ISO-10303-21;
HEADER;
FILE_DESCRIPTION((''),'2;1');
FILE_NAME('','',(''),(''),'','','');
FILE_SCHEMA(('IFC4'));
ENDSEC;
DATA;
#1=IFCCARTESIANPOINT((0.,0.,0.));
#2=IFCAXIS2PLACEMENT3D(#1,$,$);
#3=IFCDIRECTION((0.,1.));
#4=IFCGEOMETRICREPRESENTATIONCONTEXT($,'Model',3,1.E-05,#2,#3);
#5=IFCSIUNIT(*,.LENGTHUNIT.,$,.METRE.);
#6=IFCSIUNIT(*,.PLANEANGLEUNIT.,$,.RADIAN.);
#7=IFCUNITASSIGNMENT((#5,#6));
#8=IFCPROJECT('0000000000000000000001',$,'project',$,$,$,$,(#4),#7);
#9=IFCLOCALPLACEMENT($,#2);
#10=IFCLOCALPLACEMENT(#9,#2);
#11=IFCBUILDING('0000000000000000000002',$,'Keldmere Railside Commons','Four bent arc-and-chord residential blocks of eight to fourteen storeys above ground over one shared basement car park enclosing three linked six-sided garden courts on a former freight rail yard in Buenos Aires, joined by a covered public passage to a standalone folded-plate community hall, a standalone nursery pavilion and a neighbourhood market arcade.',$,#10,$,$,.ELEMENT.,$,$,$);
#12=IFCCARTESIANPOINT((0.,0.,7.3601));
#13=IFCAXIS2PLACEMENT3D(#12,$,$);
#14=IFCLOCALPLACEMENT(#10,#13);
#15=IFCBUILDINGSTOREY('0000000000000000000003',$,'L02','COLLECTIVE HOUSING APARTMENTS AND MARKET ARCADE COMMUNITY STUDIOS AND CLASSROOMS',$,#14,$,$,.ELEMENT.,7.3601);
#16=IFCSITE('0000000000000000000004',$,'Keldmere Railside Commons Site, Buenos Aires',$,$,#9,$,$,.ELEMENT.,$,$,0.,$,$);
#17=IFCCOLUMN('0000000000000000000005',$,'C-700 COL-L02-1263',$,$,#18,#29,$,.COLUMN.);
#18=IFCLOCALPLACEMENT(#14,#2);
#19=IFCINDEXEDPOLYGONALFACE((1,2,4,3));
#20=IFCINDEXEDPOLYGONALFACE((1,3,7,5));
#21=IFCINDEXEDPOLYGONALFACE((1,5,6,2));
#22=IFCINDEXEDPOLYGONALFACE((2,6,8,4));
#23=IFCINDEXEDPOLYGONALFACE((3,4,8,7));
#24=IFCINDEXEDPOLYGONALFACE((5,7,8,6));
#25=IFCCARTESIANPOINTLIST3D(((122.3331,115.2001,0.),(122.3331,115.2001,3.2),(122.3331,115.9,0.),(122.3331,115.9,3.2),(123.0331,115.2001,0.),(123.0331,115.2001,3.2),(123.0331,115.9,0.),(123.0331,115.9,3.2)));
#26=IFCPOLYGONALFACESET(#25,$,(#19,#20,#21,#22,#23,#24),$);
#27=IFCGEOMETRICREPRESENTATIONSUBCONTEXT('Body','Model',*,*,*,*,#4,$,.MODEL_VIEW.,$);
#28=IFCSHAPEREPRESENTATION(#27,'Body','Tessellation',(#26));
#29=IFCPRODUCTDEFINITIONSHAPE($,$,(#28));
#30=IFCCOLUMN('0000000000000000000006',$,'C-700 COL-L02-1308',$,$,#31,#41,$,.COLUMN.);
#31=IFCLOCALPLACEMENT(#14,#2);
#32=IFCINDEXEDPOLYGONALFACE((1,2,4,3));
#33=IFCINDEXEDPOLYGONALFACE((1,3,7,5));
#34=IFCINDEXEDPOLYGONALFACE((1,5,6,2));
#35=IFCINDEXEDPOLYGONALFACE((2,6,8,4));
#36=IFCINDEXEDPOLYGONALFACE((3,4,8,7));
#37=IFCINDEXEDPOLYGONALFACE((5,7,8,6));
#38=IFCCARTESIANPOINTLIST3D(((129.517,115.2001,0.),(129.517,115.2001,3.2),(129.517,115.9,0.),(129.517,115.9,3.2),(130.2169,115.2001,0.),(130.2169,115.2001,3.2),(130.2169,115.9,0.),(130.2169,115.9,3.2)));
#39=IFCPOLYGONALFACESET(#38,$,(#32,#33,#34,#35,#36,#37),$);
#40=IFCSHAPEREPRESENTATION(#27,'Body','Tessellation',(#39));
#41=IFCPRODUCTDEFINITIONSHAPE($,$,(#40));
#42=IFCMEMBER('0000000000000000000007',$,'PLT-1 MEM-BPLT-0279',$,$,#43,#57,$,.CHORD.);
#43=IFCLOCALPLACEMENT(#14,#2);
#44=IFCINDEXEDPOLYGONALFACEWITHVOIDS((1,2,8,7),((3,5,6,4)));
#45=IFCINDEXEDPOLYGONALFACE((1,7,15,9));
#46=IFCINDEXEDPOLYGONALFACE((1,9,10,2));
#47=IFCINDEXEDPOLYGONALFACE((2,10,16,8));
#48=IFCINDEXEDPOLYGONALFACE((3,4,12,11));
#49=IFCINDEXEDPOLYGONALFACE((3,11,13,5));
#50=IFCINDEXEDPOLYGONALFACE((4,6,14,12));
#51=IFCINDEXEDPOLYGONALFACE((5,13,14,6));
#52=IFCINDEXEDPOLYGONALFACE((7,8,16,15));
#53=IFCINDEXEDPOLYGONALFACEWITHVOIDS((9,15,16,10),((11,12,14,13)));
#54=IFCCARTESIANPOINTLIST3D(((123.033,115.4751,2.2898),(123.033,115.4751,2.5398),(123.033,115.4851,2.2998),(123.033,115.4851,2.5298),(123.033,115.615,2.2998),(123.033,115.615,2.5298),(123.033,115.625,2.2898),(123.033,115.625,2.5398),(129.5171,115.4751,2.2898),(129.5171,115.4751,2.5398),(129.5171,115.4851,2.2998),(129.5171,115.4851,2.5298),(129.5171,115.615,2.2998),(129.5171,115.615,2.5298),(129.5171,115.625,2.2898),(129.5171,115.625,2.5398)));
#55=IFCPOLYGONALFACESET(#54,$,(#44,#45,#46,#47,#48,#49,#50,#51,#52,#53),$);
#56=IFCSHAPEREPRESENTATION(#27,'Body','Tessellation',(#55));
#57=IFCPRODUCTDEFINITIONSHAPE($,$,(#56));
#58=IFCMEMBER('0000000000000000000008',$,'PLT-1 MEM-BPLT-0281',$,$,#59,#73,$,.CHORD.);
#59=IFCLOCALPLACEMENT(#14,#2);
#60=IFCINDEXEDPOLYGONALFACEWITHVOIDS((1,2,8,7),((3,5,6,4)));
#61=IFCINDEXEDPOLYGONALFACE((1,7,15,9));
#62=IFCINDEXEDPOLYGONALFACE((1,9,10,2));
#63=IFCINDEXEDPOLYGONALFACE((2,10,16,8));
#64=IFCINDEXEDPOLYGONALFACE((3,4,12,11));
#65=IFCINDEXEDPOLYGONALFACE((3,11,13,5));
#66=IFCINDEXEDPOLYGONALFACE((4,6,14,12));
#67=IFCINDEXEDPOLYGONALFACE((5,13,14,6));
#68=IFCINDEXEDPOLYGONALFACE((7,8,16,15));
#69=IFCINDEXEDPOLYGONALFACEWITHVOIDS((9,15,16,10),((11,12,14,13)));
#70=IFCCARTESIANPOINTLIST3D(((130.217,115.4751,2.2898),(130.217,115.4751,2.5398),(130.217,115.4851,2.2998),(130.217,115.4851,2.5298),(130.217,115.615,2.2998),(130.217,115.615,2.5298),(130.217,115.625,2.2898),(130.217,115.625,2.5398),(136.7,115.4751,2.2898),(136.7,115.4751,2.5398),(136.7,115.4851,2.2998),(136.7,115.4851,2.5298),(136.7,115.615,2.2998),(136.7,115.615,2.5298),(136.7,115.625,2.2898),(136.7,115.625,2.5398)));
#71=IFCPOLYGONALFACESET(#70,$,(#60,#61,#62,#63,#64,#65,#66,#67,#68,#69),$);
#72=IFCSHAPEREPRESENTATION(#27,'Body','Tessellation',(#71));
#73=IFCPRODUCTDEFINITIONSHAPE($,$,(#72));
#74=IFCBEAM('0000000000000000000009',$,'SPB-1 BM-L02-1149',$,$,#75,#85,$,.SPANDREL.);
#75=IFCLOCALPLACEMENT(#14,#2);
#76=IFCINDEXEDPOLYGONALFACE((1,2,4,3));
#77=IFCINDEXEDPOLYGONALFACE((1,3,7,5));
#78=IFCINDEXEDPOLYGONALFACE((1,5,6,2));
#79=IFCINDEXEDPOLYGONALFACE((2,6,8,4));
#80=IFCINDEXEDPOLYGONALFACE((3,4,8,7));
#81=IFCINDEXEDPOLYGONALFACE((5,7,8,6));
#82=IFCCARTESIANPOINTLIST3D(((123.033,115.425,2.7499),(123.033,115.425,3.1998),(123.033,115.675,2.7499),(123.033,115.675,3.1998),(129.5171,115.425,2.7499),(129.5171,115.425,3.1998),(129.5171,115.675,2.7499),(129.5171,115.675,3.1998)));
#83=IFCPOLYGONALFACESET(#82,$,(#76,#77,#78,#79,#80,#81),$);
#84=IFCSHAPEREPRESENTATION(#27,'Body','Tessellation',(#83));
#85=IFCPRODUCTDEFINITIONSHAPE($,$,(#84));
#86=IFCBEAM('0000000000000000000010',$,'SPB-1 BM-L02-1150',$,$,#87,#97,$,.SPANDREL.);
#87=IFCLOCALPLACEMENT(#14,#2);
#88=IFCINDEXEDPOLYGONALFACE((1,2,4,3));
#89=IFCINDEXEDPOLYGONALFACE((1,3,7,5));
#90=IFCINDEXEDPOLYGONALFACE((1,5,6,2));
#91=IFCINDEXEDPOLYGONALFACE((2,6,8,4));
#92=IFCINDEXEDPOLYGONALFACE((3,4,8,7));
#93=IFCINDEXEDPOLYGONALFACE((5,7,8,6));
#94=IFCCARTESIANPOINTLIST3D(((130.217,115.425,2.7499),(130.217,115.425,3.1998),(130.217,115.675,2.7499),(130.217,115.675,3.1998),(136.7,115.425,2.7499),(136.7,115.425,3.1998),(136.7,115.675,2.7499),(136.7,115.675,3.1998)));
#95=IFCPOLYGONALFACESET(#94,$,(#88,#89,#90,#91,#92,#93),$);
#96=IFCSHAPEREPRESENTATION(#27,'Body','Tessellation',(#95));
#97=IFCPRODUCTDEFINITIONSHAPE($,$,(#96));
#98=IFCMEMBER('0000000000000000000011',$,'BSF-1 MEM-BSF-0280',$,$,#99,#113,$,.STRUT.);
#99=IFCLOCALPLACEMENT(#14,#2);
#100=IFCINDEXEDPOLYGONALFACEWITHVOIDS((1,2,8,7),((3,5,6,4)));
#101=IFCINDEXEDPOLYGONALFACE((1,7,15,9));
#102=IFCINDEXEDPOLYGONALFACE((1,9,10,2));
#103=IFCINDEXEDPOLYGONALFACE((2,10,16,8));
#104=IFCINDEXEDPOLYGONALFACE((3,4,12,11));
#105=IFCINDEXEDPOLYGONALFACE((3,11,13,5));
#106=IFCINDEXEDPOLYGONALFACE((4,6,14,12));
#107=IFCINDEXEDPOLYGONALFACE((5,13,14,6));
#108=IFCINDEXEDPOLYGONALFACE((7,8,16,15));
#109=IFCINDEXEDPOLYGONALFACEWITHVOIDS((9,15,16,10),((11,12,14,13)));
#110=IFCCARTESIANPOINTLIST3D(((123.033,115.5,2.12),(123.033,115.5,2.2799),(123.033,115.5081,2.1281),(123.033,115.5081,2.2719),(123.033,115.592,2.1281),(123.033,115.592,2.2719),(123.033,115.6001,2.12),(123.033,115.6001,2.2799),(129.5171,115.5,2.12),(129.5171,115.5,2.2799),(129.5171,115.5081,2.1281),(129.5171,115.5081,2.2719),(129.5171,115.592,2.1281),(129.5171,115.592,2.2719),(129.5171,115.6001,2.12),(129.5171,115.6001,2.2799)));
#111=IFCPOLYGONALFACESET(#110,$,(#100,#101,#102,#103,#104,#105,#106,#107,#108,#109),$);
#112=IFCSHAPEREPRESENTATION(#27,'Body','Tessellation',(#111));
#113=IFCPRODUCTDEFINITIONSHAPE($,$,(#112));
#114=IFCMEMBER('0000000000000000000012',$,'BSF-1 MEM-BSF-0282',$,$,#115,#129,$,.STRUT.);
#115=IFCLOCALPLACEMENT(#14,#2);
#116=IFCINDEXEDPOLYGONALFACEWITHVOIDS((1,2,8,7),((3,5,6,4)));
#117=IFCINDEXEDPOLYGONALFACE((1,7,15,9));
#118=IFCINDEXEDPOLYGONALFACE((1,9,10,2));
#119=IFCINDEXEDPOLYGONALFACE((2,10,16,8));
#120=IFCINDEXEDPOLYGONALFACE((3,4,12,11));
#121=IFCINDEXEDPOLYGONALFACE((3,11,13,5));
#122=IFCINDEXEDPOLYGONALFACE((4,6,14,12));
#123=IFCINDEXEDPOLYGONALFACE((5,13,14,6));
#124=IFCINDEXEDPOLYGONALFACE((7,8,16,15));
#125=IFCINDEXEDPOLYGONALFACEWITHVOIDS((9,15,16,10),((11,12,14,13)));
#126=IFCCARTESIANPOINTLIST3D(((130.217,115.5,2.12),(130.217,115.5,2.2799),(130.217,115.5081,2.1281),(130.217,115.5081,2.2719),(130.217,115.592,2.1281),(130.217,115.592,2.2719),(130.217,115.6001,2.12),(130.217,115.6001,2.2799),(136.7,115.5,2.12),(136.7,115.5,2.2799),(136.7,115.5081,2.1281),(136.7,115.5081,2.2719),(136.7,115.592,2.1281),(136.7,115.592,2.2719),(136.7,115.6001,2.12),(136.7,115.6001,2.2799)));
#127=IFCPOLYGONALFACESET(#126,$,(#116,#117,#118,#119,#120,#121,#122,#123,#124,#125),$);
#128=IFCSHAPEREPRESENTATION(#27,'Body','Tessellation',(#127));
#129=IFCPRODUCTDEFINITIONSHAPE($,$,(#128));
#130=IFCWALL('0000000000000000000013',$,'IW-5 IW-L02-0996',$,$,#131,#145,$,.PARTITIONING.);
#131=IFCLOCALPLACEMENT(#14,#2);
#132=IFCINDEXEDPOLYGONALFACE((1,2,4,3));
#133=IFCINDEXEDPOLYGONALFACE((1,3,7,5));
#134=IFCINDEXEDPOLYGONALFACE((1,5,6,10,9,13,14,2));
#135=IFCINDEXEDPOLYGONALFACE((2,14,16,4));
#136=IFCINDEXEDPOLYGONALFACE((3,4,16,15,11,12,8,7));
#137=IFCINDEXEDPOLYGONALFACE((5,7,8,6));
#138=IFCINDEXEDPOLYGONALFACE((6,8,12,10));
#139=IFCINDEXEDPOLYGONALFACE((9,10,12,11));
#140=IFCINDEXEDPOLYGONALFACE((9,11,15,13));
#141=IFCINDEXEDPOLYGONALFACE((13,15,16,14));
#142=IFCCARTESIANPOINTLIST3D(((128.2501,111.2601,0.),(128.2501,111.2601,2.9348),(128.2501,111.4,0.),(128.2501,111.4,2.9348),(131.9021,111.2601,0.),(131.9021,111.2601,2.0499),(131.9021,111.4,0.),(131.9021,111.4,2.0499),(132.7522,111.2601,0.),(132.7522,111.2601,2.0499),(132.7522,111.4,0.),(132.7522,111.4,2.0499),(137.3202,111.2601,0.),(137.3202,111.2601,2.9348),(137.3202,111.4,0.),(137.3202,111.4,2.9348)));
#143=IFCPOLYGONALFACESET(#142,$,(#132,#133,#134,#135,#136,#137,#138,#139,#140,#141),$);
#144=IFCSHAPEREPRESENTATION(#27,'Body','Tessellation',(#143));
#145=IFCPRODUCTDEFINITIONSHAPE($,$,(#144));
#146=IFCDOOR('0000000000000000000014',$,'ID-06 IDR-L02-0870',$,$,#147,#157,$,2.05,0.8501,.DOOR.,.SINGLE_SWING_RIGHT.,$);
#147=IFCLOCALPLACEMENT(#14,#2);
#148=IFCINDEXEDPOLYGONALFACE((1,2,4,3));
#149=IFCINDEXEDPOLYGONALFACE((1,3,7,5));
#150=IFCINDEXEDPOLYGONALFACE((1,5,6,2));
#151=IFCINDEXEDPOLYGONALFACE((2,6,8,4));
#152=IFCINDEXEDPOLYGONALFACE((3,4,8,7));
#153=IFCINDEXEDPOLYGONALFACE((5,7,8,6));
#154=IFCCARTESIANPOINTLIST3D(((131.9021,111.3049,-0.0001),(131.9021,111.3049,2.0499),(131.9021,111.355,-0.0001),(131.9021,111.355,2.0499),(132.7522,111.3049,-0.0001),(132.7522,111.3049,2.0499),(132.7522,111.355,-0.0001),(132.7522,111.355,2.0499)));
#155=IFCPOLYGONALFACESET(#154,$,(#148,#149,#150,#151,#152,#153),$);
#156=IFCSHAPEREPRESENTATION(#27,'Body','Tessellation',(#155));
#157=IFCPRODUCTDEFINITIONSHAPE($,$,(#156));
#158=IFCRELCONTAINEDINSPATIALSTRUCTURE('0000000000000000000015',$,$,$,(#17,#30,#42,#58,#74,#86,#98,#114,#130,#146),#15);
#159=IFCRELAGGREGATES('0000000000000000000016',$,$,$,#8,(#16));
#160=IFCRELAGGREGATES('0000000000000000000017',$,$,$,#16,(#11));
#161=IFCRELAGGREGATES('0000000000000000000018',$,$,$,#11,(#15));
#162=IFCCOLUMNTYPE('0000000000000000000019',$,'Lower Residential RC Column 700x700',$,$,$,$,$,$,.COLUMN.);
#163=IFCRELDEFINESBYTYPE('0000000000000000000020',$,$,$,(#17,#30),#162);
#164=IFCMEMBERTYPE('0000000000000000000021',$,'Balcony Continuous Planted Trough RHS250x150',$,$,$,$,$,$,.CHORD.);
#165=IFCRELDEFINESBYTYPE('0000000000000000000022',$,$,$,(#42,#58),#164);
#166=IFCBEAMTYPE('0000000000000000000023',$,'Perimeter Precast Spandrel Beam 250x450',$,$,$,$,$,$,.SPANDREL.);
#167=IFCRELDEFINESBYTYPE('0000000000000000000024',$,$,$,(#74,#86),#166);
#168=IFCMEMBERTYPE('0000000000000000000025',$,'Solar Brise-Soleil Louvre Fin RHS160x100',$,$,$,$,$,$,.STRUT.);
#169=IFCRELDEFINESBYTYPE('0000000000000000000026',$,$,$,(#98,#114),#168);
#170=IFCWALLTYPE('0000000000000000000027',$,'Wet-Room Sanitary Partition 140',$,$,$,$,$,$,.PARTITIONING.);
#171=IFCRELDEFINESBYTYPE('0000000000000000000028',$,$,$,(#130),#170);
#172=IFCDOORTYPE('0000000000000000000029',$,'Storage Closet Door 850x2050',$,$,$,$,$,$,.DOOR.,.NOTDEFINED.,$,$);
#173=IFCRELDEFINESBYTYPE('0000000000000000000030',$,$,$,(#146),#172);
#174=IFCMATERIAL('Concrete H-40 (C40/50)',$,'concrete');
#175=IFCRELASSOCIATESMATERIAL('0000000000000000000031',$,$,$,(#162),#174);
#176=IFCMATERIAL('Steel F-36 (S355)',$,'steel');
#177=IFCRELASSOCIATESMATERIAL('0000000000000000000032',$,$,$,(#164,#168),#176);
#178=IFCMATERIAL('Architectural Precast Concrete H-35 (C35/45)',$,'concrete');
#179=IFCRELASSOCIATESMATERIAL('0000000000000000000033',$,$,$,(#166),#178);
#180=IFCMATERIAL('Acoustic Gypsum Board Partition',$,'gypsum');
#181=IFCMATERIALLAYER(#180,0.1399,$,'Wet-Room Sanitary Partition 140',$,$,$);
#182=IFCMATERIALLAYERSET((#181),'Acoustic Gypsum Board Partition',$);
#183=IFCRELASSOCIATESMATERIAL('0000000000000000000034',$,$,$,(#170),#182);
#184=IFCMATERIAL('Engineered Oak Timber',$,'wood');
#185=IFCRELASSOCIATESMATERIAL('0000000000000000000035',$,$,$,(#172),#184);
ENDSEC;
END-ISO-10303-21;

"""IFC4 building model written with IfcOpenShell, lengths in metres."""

from ifc_helpers import new_model, si_unit, direction, frame, frame_2d, origin, origin_2d, place, context, subcontext, project, spatial, rectangle, hollow_rectangle, extrude, material, layer, layer_set, material_profile, profile_set, type_object, element, fill, save


model = new_model("IFC4")

# Units and contexts
model_context = context("Model", 3, precision=1e-05, world=origin(), true_north=direction((0.0, 1.0)))
body_context = subcontext(model_context, "Body", "Model", "MODEL_VIEW")
ifc_project = project(units=[si_unit("LENGTHUNIT", "METRE"), si_unit("PLANEANGLEUNIT", "RADIAN")], contexts=[model_context])

# Site, building, storey
site_placement = place(None, origin())
site = spatial("IfcSite", under=ifc_project, at=site_placement, Name="Keldmere Railside Commons Site, Buenos Aires", CompositionType="ELEMENT", RefElevation=0.0)
building_placement = place(site_placement, origin())
building = spatial("IfcBuilding", under=site, at=building_placement, Name="Keldmere Railside Commons", Description="Four bent arc-and-chord residential blocks of eight to fourteen storeys above ground over one shared basement car park enclosing three linked six-sided garden courts on a former freight rail yard in Buenos Aires, joined by a covered public passage to a standalone folded-plate community hall, a standalone nursery pavilion and a neighbourhood market arcade.", CompositionType="ELEMENT")
storey_placement = place(building_placement, frame((0.0, 0.0, 7.3601)))
storey = spatial("IfcBuildingStorey", under=building, at=storey_placement, Name="L02", Description="COLLECTIVE HOUSING APARTMENTS AND MARKET ARCADE COMMUNITY STUDIOS AND CLASSROOMS", CompositionType="ELEMENT", Elevation=7.3601)

# Columns
ifc_material_1 = material(Name="Concrete H-40 (C40/50)", Category="concrete")
ifc_material_profile_1 = material_profile(ifc_material_1, rectangle(XDim=0.7, YDim=0.7, at=origin_2d()), Name="RC-700x700")
ifc_profile_set_1 = profile_set([ifc_material_profile_1], Name="Concrete H-40 (C40/50)")
column_type = type_object("IfcColumnType", Name="Lower Residential RC Column 700x700", PredefinedType="COLUMN", material=ifc_profile_set_1)
for number, where, z_axis, x_axis, name in (
    (1, (122.6831, 115.55, 0.0), (0.0, 0.0, 1.0), (1.0, 0.0, 0.0), "C-700 COL-L02-1263"),
    (2, (129.8669, 115.55, 0.0), (0.0, 0.0, 1.0), (1.0, 0.0, 0.0), "C-700 COL-L02-1308"),
):
    element("IfcColumn", number, at=place(storey_placement, frame(where, z_axis=z_axis, x_axis=x_axis)), inside=storey, type_object=column_type, Name=name, PredefinedType="COLUMN", context=body_context, shape_type="SweptSolid", body=[
        extrude(rectangle(XDim=0.7, YDim=0.7, at=origin_2d()), origin(), (0.0, 0.0, 1.0), 3.2),
    ])

# Members
ifc_material_2 = material(Name="Steel F-36 (S355)", Category="steel")
ifc_material_profile_2 = material_profile(ifc_material_2, hollow_rectangle(XDim=0.1499, YDim=0.25, WallThickness=0.01, at=origin_2d()), Name="RHS-250x150x10")
ifc_profile_set_2 = profile_set([ifc_material_profile_2], Name="Steel F-36 (S355)")
member_type_1 = type_object("IfcMemberType", Name="Balcony Continuous Planted Trough RHS250x150", PredefinedType="CHORD", material=ifc_profile_set_2)
member_1_placement = place(storey_placement, frame((123.033, 115.55, 2.4148), z_axis=(1.0, 0.0, 0.0), x_axis=(0.0, 1.0, 0.0)))
element("IfcMember", 3, at=member_1_placement, inside=storey, type_object=member_type_1, Name="PLT-1 MEM-BPLT-0279", PredefinedType="CHORD", context=body_context, shape_type="SweptSolid", body=[
    extrude(hollow_rectangle(XDim=0.1499, YDim=0.25, WallThickness=0.01, at=origin_2d()), origin(), (0.0, 0.0, 1.0), 6.4841),
])
member_2_placement = place(storey_placement, frame((130.217, 115.55, 2.4148), z_axis=(1.0, 0.0, 0.0), x_axis=(0.0, 1.0, 0.0)))
element("IfcMember", 4, at=member_2_placement, inside=storey, type_object=member_type_1, Name="PLT-1 MEM-BPLT-0281", PredefinedType="CHORD", context=body_context, shape_type="SweptSolid", body=[
    extrude(hollow_rectangle(XDim=0.1499, YDim=0.25, WallThickness=0.01, at=origin_2d()), origin(), (0.0, 0.0, 1.0), 6.4829),
])

# Beams
ifc_material_3 = material(Name="Architectural Precast Concrete H-35 (C35/45)", Category="concrete")
ifc_material_profile_3 = material_profile(ifc_material_3, rectangle(XDim=0.25, YDim=0.45, at=origin_2d()), Name="RC-250x450")
ifc_profile_set_3 = profile_set([ifc_material_profile_3], Name="Architectural Precast Concrete H-35 (C35/45)")
beam_type = type_object("IfcBeamType", Name="Perimeter Precast Spandrel Beam 250x450", PredefinedType="SPANDREL", material=ifc_profile_set_3)
beam_1_placement = place(storey_placement, frame((123.033, 115.55, 2.9749), z_axis=(1.0, 0.0, 0.0), x_axis=(0.0, 1.0, 0.0)))
element("IfcBeam", 5, at=beam_1_placement, inside=storey, type_object=beam_type, Name="SPB-1 BM-L02-1149", PredefinedType="SPANDREL", context=body_context, shape_type="SweptSolid", body=[
    extrude(rectangle(XDim=0.25, YDim=0.45, at=origin_2d()), origin(), (0.0, 0.0, 1.0), 6.4841),
])
beam_2_placement = place(storey_placement, frame((130.217, 115.55, 2.9749), z_axis=(1.0, 0.0, 0.0), x_axis=(0.0, 1.0, 0.0)))
element("IfcBeam", 6, at=beam_2_placement, inside=storey, type_object=beam_type, Name="SPB-1 BM-L02-1150", PredefinedType="SPANDREL", context=body_context, shape_type="SweptSolid", body=[
    extrude(rectangle(XDim=0.25, YDim=0.45, at=origin_2d()), origin(), (0.0, 0.0, 1.0), 6.4829),
])

# Members
ifc_material_profile_4 = material_profile(ifc_material_2, hollow_rectangle(XDim=0.1001, YDim=0.1599, WallThickness=0.0081, at=origin_2d()), Name="RHS-160x100x8")
ifc_profile_set_4 = profile_set([ifc_material_profile_4], Name="Steel F-36 (S355)")
member_type_2 = type_object("IfcMemberType", Name="Solar Brise-Soleil Louvre Fin RHS160x100", PredefinedType="STRUT", material=ifc_profile_set_4)
member_3_placement = place(storey_placement, frame((123.033, 115.55, 2.2), z_axis=(1.0, 0.0, 0.0), x_axis=(0.0, 1.0, 0.0)))
element("IfcMember", 7, at=member_3_placement, inside=storey, type_object=member_type_2, Name="BSF-1 MEM-BSF-0280", PredefinedType="STRUT", context=body_context, shape_type="SweptSolid", body=[
    extrude(hollow_rectangle(XDim=0.1001, YDim=0.1599, WallThickness=0.0081, at=origin_2d()), origin(), (0.0, 0.0, 1.0), 6.4841),
])
member_4_placement = place(storey_placement, frame((130.217, 115.55, 2.2), z_axis=(1.0, 0.0, 0.0), x_axis=(0.0, 1.0, 0.0)))
element("IfcMember", 8, at=member_4_placement, inside=storey, type_object=member_type_2, Name="BSF-1 MEM-BSF-0282", PredefinedType="STRUT", context=body_context, shape_type="SweptSolid", body=[
    extrude(hollow_rectangle(XDim=0.1001, YDim=0.1599, WallThickness=0.0081, at=origin_2d()), origin(), (0.0, 0.0, 1.0), 6.4829),
])

# Wall, opening, door
ifc_material_4 = material(Name="Acoustic Gypsum Board Partition", Category="gypsum")
ifc_layer = layer(ifc_material_4, 0.1399, Name="Wet-Room Sanitary Partition 140")
ifc_layer_set = layer_set([ifc_layer], Name="Acoustic Gypsum Board Partition")
wall_type = type_object("IfcWallType", Name="Wet-Room Sanitary Partition 140", PredefinedType="PARTITIONING", material=ifc_layer_set)
wall_placement = place(storey_placement, frame((128.25, 111.3301, 0.0), z_axis=(0.0, 0.0, 1.0), x_axis=(1.0, 0.0, 0.0)))
wall = element("IfcWall", 9, at=wall_placement, inside=storey, type_object=wall_type, Name="IW-5 IW-L02-0996", PredefinedType="PARTITIONING", context=body_context, shape_type="SweptSolid", body=[
    extrude(rectangle(XDim=9.0701, YDim=0.1399, at=frame_2d((4.5352, 0.0))), origin(), (0.0, 0.0, 1.0), 2.9348),
])
opening_placement = place(wall_placement, frame((3.6521, 0.0, 0.0)))
opening = element("IfcOpeningElement", 10, at=opening_placement, cuts=wall, PredefinedType="OPENING", context=body_context, shape_type="SweptSolid", body=[
    extrude(rectangle(XDim=0.8501, YDim=2.05, at=frame_2d((0.425, 1.0249))), frame((0.0, 0.0798, 0.0), z_axis=(0.0, -1.0, 0.0), x_axis=(1.0, 0.0, 0.0)), (0.0, 0.0, 1.0), 0.1599),
])
ifc_material_5 = material(Name="Engineered Oak Timber", Category="wood")
door_type = type_object("IfcDoorType", Name="Storage Closet Door 850x2050", OperationType="NOTDEFINED", PredefinedType="DOOR", material=ifc_material_5)
door_placement = place(opening_placement, origin())
door = element("IfcDoor", 11, at=door_placement, inside=storey, type_object=door_type, Name="ID-06 IDR-L02-0870", OperationType="SINGLE_SWING_RIGHT", OverallHeight=2.05, OverallWidth=0.8501, PredefinedType="DOOR", context=body_context, shape_type="SweptSolid", body=[
    extrude(rectangle(XDim=0.8501, YDim=2.05, at=frame_2d((0.425, 1.0249))), frame((0.0, 0.0249, 0.0), z_axis=(0.0, -1.0, 0.0), x_axis=(1.0, 0.0, 0.0)), (0.0, 0.0, 1.0), 0.05),
])
fill(opening, door)

save(model, "model.ifc")
